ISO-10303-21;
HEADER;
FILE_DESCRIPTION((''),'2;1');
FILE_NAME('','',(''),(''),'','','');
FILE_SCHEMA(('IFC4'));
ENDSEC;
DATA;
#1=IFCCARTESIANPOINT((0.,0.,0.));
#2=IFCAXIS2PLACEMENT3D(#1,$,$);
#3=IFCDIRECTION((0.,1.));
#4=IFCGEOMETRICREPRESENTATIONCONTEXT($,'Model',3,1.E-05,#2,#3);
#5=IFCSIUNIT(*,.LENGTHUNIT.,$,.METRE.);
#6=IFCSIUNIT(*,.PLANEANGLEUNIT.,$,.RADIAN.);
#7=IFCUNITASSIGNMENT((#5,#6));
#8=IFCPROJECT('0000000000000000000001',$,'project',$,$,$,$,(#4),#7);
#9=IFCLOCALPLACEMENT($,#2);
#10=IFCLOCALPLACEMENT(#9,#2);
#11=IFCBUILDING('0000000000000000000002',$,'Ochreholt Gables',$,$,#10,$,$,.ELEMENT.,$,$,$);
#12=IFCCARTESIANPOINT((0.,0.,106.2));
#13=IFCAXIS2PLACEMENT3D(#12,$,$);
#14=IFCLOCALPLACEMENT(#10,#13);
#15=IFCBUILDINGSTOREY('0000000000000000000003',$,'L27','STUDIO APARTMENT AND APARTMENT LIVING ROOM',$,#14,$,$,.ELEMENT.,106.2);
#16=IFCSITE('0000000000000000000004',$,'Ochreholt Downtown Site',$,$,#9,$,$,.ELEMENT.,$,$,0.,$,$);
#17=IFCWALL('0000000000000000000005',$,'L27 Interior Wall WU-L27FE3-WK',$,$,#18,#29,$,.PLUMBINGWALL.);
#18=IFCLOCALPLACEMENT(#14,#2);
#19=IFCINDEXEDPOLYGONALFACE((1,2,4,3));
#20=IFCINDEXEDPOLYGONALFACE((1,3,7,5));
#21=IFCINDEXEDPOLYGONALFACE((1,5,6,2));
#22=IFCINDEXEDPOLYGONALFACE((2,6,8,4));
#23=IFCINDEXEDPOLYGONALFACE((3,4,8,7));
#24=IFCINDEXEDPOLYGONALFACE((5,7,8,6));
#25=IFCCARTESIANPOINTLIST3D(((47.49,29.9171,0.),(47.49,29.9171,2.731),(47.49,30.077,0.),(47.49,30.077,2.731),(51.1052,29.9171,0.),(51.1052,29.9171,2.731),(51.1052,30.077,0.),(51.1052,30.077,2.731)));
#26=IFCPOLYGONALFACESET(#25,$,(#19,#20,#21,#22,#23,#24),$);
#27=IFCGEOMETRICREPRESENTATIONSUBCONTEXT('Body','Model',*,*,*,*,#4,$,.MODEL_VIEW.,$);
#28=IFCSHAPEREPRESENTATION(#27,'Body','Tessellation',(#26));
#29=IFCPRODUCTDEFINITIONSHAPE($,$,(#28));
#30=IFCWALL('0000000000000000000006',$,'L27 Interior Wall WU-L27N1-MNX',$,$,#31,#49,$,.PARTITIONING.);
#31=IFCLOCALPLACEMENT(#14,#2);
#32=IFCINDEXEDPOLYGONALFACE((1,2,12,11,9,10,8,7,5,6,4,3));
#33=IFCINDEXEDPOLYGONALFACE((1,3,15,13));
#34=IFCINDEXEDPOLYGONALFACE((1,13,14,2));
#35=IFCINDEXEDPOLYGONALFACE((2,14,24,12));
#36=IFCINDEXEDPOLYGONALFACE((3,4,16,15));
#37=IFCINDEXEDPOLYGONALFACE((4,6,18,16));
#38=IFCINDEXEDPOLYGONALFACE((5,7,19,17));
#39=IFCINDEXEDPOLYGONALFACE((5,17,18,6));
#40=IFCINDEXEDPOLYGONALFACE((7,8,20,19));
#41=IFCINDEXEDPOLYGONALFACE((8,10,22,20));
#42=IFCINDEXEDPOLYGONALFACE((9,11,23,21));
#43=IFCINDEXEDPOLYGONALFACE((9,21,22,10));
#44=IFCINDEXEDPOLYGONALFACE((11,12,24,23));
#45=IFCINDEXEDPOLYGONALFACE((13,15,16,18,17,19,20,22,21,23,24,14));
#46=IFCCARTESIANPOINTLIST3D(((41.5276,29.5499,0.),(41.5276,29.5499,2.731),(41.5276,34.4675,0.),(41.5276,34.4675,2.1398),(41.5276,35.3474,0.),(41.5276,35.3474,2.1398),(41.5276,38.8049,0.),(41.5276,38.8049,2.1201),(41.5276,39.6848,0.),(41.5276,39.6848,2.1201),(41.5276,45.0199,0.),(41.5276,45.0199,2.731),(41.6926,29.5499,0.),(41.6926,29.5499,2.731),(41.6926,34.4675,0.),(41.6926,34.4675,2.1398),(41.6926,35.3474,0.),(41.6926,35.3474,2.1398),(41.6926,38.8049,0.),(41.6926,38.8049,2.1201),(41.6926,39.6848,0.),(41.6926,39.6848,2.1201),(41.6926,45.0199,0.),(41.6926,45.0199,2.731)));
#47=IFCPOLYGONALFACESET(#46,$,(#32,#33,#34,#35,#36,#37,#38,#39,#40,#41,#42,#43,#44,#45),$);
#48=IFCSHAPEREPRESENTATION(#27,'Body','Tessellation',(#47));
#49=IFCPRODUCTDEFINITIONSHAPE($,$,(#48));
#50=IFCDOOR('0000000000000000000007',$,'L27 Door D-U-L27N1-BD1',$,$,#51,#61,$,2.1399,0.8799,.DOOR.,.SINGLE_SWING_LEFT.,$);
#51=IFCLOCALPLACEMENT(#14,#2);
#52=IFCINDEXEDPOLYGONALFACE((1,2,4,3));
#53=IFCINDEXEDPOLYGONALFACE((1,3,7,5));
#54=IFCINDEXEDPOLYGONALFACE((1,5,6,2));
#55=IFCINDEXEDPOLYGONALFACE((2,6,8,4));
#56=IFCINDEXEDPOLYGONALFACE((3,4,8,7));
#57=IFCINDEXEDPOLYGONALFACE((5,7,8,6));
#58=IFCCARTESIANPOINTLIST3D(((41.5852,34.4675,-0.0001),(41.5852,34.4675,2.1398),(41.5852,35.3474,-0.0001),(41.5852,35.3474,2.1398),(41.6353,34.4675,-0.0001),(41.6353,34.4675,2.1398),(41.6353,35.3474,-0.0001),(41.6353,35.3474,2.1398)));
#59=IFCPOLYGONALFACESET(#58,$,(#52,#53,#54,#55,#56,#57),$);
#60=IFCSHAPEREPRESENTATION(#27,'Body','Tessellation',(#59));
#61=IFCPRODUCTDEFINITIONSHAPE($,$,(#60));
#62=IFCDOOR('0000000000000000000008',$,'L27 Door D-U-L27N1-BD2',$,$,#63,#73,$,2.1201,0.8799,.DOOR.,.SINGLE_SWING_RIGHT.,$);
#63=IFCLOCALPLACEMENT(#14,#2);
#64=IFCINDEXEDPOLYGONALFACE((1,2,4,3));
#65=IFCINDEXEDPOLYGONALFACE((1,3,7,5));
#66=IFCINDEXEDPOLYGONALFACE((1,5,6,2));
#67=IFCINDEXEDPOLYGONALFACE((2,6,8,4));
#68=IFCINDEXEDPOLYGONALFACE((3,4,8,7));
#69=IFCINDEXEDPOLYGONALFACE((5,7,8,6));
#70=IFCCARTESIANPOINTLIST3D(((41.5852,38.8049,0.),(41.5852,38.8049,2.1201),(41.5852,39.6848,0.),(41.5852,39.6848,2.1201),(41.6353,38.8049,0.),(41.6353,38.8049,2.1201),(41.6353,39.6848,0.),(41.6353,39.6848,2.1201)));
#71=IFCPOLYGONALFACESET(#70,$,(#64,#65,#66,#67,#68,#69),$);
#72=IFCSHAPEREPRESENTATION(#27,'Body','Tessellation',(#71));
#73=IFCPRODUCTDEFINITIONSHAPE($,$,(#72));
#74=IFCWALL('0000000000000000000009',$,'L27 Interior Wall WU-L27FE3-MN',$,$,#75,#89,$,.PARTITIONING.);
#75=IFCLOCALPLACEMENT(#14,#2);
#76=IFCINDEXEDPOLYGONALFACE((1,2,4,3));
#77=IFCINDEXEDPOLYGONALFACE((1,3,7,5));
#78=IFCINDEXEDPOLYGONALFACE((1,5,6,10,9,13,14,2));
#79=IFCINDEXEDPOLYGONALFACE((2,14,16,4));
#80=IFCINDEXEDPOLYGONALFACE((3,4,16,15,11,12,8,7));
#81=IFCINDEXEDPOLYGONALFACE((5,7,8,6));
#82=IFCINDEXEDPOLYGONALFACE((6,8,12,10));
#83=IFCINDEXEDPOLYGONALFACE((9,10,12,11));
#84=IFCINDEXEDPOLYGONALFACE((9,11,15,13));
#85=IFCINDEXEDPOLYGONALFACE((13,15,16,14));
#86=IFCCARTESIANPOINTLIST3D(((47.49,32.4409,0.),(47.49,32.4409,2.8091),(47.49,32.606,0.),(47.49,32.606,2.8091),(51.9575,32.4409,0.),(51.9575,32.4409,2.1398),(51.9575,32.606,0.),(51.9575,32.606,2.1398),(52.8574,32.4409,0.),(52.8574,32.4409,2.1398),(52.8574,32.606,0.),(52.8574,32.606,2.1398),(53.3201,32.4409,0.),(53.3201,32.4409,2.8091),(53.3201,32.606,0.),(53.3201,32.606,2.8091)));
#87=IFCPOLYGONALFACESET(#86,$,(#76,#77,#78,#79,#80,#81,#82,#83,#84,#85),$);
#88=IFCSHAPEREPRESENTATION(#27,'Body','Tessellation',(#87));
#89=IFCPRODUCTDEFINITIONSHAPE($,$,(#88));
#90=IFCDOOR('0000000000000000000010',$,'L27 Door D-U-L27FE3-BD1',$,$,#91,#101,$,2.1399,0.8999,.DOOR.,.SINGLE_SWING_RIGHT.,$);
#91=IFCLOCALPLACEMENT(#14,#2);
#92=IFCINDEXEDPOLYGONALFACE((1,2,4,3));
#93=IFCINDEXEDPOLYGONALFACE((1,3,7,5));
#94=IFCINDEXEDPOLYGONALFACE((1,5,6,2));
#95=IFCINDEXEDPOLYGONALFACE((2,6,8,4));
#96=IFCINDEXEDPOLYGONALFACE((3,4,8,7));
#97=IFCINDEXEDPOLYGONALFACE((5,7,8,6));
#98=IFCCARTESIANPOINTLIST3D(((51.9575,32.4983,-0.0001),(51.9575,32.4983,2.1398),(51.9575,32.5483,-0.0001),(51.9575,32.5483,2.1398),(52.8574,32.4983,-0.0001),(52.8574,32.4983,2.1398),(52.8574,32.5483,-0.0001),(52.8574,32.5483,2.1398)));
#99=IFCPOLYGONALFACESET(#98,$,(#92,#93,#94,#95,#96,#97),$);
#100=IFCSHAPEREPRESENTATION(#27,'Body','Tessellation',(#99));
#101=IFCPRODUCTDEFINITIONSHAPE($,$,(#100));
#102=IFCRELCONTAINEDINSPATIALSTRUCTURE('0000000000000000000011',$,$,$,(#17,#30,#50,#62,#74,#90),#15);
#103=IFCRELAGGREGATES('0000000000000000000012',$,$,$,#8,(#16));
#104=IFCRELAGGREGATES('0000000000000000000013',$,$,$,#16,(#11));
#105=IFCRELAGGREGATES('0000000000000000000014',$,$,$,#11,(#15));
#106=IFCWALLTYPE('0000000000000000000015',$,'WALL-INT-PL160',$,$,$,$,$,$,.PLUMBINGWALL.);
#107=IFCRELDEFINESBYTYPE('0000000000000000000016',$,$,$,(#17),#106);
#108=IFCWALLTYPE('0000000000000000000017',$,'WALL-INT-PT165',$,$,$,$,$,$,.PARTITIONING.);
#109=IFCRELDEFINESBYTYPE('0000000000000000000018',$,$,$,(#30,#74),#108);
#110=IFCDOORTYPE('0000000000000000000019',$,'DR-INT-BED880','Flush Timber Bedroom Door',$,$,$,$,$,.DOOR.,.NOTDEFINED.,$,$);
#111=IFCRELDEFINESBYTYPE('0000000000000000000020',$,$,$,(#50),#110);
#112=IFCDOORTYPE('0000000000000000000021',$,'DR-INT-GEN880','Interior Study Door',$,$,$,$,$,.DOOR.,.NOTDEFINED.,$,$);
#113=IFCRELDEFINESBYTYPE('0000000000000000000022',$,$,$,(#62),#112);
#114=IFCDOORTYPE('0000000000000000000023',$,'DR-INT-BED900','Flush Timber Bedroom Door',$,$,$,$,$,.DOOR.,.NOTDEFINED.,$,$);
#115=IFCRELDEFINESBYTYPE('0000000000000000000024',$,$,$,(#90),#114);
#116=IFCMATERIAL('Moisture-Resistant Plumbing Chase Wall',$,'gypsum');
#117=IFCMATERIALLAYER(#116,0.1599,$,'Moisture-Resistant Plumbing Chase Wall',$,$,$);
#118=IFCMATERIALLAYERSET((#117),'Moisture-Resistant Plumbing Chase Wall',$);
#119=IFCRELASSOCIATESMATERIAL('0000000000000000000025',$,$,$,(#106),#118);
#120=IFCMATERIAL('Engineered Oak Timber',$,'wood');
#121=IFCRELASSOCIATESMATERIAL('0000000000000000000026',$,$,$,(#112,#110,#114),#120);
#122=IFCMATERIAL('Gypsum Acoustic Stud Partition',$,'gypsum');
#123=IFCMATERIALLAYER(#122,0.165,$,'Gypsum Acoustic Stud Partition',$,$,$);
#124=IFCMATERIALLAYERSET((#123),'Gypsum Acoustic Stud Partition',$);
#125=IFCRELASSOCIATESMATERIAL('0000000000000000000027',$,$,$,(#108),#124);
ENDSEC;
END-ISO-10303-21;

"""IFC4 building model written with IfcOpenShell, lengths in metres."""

from ifc_helpers import new_model, si_unit, direction, frame, frame_2d, origin, place, context, subcontext, project, spatial, rectangle, extrude, material, layer, layer_set, type_object, element, fill, save


model = new_model("IFC4")

# Units and contexts
model_context = context("Model", 3, precision=1e-05, world=origin(), true_north=direction((0.0, 1.0)))
body_context = subcontext(model_context, "Body", "Model", "MODEL_VIEW")
ifc_project = project(units=[si_unit("LENGTHUNIT", "METRE"), si_unit("PLANEANGLEUNIT", "RADIAN")], contexts=[model_context])

# Site, building, storey
site_placement = place(None, origin())
site = spatial("IfcSite", under=ifc_project, at=site_placement, Name="Ochreholt Downtown Site", CompositionType="ELEMENT", RefElevation=0.0)
building_placement = place(site_placement, origin())
building = spatial("IfcBuilding", under=site, at=building_placement, Name="Ochreholt Gables", CompositionType="ELEMENT")
storey_placement = place(building_placement, frame((0.0, 0.0, 106.2)))
storey = spatial("IfcBuildingStorey", under=building, at=storey_placement, Name="L27", Description="STUDIO APARTMENT AND APARTMENT LIVING ROOM", CompositionType="ELEMENT", Elevation=106.2)

# Shared definitions
ifc_material_1 = material(Name="Moisture-Resistant Plumbing Chase Wall", Category="gypsum")
ifc_layer_1 = layer(ifc_material_1, 0.1599, Name="Moisture-Resistant Plumbing Chase Wall")
ifc_layer_set_1 = layer_set([ifc_layer_1], Name="Moisture-Resistant Plumbing Chase Wall")
wall_type_1 = type_object("IfcWallType", Name="WALL-INT-PL160", PredefinedType="PLUMBINGWALL", material=ifc_layer_set_1)

# Shared definitions
ifc_material_2 = material(Name="Engineered Oak Timber", Category="wood")
door_type_1 = type_object("IfcDoorType", Name="DR-INT-GEN880", Description="Interior Study Door", OperationType="NOTDEFINED", PredefinedType="DOOR", material=ifc_material_2)

# Wall
wall_1_placement = place(storey_placement, frame((47.49, 29.9971, 0.0), z_axis=(0.0, 0.0, 1.0), x_axis=(1.0, 0.0, 0.0)))
element("IfcWall", 1, at=wall_1_placement, inside=storey, type_object=wall_type_1, Name="L27 Interior Wall WU-L27FE3-WK", PredefinedType="PLUMBINGWALL", context=body_context, shape_type="SweptSolid", body=[
    extrude(rectangle(XDim=3.6152, YDim=0.1599, at=frame_2d((1.8076, 0.0))), origin(), (0.0, 0.0, 1.0), 2.731),
])

# Wall, openings, doors
ifc_material_3 = material(Name="Gypsum Acoustic Stud Partition", Category="gypsum")
ifc_layer_2 = layer(ifc_material_3, 0.165, Name="Gypsum Acoustic Stud Partition")
ifc_layer_set_2 = layer_set([ifc_layer_2], Name="Gypsum Acoustic Stud Partition")
wall_type_2 = type_object("IfcWallType", Name="WALL-INT-PT165", PredefinedType="PARTITIONING", material=ifc_layer_set_2)
wall_2_placement = place(storey_placement, frame((41.6101, 29.55, 0.0), z_axis=(0.0, 0.0, 1.0), x_axis=(0.0, 1.0, 0.0)))
wall_2 = element("IfcWall", 2, at=wall_2_placement, inside=storey, type_object=wall_type_2, Name="L27 Interior Wall WU-L27N1-MNX", PredefinedType="PARTITIONING", context=body_context, shape_type="SweptSolid", body=[
    extrude(rectangle(XDim=15.47, YDim=0.165, at=frame_2d((7.7349, 0.0))), origin(), (0.0, 0.0, 1.0), 2.731),
])
opening_1_placement = place(wall_2_placement, frame((4.9175, 0.0, 0.0)))
opening_1 = element("IfcOpeningElement", 3, at=opening_1_placement, cuts=wall_2, PredefinedType="OPENING", context=body_context, shape_type="SweptSolid", body=[
    extrude(rectangle(XDim=0.8799, YDim=2.1399, at=frame_2d((0.4399, 1.0698))), frame((0.0, 0.0925, 0.0), z_axis=(0.0, -1.0, 0.0), x_axis=(1.0, 0.0, 0.0)), (0.0, 0.0, 1.0), 0.1851),
])
opening_2_placement = place(wall_2_placement, frame((9.2549, 0.0, 0.0)))
opening_2 = element("IfcOpeningElement", 4, at=opening_2_placement, cuts=wall_2, PredefinedType="OPENING", context=body_context, shape_type="SweptSolid", body=[
    extrude(rectangle(XDim=0.8799, YDim=2.1201, at=frame_2d((0.4399, 1.0601))), frame((0.0, 0.0925, 0.0), z_axis=(0.0, -1.0, 0.0), x_axis=(1.0, 0.0, 0.0)), (0.0, 0.0, 1.0), 0.1851),
])
door_type_2 = type_object("IfcDoorType", Name="DR-INT-BED880", Description="Flush Timber Bedroom Door", OperationType="NOTDEFINED", PredefinedType="DOOR", material=ifc_material_2)
door_1_placement = place(opening_1_placement, origin())
door_1 = element("IfcDoor", 5, at=door_1_placement, inside=storey, type_object=door_type_2, Name="L27 Door D-U-L27N1-BD1", OperationType="SINGLE_SWING_LEFT", OverallHeight=2.1399, OverallWidth=0.8799, PredefinedType="DOOR", context=body_context, shape_type="SweptSolid", body=[
    extrude(rectangle(XDim=0.8799, YDim=2.1399, at=frame_2d((0.4399, 1.0698))), frame((0.0, 0.0249, 0.0), z_axis=(0.0, -1.0, 0.0), x_axis=(1.0, 0.0, 0.0)), (0.0, 0.0, 1.0), 0.05),
])
fill(opening_1, door_1)
door_2_placement = place(opening_2_placement, origin())
door_2 = element("IfcDoor", 6, at=door_2_placement, inside=storey, type_object=door_type_1, Name="L27 Door D-U-L27N1-BD2", OperationType="SINGLE_SWING_RIGHT", OverallHeight=2.1201, OverallWidth=0.8799, PredefinedType="DOOR", context=body_context, shape_type="SweptSolid", body=[
    extrude(rectangle(XDim=0.8799, YDim=2.1201, at=frame_2d((0.4399, 1.0601))), frame((0.0, 0.0249, 0.0), z_axis=(0.0, -1.0, 0.0), x_axis=(1.0, 0.0, 0.0)), (0.0, 0.0, 1.0), 0.05),
])
fill(opening_2, door_2)

# Wall, opening, door
wall_3_placement = place(storey_placement, frame((47.49, 32.5234, 0.0), z_axis=(0.0, 0.0, 1.0), x_axis=(1.0, 0.0, 0.0)))
wall_3 = element("IfcWall", 7, at=wall_3_placement, inside=storey, type_object=wall_type_2, Name="L27 Interior Wall WU-L27FE3-MN", PredefinedType="PARTITIONING", context=body_context, shape_type="SweptSolid", body=[
    extrude(rectangle(XDim=5.8301, YDim=0.165, at=frame_2d((2.915, 0.0))), origin(), (0.0, 0.0, 1.0), 2.8091),
])
opening_3_placement = place(wall_3_placement, frame((4.4675, 0.0, 0.0)))
opening_3 = element("IfcOpeningElement", 8, at=opening_3_placement, cuts=wall_3, PredefinedType="OPENING", context=body_context, shape_type="SweptSolid", body=[
    extrude(rectangle(XDim=0.8999, YDim=2.1399, at=frame_2d((0.45, 1.0698))), frame((0.0, 0.0925, 0.0), z_axis=(0.0, -1.0, 0.0), x_axis=(1.0, 0.0, 0.0)), (0.0, 0.0, 1.0), 0.1851),
])
door_type_3 = type_object("IfcDoorType", Name="DR-INT-BED900", Description="Flush Timber Bedroom Door", OperationType="NOTDEFINED", PredefinedType="DOOR", material=ifc_material_2)
door_3_placement = place(opening_3_placement, origin())
door_3 = element("IfcDoor", 9, at=door_3_placement, inside=storey, type_object=door_type_3, Name="L27 Door D-U-L27FE3-BD1", OperationType="SINGLE_SWING_RIGHT", OverallHeight=2.1399, OverallWidth=0.8999, PredefinedType="DOOR", context=body_context, shape_type="SweptSolid", body=[
    extrude(rectangle(XDim=0.8999, YDim=2.1399, at=frame_2d((0.45, 1.0698))), frame((0.0, 0.0249, 0.0), z_axis=(0.0, -1.0, 0.0), x_axis=(1.0, 0.0, 0.0)), (0.0, 0.0, 1.0), 0.05),
])
fill(opening_3, door_3)

save(model, "model.ifc")
